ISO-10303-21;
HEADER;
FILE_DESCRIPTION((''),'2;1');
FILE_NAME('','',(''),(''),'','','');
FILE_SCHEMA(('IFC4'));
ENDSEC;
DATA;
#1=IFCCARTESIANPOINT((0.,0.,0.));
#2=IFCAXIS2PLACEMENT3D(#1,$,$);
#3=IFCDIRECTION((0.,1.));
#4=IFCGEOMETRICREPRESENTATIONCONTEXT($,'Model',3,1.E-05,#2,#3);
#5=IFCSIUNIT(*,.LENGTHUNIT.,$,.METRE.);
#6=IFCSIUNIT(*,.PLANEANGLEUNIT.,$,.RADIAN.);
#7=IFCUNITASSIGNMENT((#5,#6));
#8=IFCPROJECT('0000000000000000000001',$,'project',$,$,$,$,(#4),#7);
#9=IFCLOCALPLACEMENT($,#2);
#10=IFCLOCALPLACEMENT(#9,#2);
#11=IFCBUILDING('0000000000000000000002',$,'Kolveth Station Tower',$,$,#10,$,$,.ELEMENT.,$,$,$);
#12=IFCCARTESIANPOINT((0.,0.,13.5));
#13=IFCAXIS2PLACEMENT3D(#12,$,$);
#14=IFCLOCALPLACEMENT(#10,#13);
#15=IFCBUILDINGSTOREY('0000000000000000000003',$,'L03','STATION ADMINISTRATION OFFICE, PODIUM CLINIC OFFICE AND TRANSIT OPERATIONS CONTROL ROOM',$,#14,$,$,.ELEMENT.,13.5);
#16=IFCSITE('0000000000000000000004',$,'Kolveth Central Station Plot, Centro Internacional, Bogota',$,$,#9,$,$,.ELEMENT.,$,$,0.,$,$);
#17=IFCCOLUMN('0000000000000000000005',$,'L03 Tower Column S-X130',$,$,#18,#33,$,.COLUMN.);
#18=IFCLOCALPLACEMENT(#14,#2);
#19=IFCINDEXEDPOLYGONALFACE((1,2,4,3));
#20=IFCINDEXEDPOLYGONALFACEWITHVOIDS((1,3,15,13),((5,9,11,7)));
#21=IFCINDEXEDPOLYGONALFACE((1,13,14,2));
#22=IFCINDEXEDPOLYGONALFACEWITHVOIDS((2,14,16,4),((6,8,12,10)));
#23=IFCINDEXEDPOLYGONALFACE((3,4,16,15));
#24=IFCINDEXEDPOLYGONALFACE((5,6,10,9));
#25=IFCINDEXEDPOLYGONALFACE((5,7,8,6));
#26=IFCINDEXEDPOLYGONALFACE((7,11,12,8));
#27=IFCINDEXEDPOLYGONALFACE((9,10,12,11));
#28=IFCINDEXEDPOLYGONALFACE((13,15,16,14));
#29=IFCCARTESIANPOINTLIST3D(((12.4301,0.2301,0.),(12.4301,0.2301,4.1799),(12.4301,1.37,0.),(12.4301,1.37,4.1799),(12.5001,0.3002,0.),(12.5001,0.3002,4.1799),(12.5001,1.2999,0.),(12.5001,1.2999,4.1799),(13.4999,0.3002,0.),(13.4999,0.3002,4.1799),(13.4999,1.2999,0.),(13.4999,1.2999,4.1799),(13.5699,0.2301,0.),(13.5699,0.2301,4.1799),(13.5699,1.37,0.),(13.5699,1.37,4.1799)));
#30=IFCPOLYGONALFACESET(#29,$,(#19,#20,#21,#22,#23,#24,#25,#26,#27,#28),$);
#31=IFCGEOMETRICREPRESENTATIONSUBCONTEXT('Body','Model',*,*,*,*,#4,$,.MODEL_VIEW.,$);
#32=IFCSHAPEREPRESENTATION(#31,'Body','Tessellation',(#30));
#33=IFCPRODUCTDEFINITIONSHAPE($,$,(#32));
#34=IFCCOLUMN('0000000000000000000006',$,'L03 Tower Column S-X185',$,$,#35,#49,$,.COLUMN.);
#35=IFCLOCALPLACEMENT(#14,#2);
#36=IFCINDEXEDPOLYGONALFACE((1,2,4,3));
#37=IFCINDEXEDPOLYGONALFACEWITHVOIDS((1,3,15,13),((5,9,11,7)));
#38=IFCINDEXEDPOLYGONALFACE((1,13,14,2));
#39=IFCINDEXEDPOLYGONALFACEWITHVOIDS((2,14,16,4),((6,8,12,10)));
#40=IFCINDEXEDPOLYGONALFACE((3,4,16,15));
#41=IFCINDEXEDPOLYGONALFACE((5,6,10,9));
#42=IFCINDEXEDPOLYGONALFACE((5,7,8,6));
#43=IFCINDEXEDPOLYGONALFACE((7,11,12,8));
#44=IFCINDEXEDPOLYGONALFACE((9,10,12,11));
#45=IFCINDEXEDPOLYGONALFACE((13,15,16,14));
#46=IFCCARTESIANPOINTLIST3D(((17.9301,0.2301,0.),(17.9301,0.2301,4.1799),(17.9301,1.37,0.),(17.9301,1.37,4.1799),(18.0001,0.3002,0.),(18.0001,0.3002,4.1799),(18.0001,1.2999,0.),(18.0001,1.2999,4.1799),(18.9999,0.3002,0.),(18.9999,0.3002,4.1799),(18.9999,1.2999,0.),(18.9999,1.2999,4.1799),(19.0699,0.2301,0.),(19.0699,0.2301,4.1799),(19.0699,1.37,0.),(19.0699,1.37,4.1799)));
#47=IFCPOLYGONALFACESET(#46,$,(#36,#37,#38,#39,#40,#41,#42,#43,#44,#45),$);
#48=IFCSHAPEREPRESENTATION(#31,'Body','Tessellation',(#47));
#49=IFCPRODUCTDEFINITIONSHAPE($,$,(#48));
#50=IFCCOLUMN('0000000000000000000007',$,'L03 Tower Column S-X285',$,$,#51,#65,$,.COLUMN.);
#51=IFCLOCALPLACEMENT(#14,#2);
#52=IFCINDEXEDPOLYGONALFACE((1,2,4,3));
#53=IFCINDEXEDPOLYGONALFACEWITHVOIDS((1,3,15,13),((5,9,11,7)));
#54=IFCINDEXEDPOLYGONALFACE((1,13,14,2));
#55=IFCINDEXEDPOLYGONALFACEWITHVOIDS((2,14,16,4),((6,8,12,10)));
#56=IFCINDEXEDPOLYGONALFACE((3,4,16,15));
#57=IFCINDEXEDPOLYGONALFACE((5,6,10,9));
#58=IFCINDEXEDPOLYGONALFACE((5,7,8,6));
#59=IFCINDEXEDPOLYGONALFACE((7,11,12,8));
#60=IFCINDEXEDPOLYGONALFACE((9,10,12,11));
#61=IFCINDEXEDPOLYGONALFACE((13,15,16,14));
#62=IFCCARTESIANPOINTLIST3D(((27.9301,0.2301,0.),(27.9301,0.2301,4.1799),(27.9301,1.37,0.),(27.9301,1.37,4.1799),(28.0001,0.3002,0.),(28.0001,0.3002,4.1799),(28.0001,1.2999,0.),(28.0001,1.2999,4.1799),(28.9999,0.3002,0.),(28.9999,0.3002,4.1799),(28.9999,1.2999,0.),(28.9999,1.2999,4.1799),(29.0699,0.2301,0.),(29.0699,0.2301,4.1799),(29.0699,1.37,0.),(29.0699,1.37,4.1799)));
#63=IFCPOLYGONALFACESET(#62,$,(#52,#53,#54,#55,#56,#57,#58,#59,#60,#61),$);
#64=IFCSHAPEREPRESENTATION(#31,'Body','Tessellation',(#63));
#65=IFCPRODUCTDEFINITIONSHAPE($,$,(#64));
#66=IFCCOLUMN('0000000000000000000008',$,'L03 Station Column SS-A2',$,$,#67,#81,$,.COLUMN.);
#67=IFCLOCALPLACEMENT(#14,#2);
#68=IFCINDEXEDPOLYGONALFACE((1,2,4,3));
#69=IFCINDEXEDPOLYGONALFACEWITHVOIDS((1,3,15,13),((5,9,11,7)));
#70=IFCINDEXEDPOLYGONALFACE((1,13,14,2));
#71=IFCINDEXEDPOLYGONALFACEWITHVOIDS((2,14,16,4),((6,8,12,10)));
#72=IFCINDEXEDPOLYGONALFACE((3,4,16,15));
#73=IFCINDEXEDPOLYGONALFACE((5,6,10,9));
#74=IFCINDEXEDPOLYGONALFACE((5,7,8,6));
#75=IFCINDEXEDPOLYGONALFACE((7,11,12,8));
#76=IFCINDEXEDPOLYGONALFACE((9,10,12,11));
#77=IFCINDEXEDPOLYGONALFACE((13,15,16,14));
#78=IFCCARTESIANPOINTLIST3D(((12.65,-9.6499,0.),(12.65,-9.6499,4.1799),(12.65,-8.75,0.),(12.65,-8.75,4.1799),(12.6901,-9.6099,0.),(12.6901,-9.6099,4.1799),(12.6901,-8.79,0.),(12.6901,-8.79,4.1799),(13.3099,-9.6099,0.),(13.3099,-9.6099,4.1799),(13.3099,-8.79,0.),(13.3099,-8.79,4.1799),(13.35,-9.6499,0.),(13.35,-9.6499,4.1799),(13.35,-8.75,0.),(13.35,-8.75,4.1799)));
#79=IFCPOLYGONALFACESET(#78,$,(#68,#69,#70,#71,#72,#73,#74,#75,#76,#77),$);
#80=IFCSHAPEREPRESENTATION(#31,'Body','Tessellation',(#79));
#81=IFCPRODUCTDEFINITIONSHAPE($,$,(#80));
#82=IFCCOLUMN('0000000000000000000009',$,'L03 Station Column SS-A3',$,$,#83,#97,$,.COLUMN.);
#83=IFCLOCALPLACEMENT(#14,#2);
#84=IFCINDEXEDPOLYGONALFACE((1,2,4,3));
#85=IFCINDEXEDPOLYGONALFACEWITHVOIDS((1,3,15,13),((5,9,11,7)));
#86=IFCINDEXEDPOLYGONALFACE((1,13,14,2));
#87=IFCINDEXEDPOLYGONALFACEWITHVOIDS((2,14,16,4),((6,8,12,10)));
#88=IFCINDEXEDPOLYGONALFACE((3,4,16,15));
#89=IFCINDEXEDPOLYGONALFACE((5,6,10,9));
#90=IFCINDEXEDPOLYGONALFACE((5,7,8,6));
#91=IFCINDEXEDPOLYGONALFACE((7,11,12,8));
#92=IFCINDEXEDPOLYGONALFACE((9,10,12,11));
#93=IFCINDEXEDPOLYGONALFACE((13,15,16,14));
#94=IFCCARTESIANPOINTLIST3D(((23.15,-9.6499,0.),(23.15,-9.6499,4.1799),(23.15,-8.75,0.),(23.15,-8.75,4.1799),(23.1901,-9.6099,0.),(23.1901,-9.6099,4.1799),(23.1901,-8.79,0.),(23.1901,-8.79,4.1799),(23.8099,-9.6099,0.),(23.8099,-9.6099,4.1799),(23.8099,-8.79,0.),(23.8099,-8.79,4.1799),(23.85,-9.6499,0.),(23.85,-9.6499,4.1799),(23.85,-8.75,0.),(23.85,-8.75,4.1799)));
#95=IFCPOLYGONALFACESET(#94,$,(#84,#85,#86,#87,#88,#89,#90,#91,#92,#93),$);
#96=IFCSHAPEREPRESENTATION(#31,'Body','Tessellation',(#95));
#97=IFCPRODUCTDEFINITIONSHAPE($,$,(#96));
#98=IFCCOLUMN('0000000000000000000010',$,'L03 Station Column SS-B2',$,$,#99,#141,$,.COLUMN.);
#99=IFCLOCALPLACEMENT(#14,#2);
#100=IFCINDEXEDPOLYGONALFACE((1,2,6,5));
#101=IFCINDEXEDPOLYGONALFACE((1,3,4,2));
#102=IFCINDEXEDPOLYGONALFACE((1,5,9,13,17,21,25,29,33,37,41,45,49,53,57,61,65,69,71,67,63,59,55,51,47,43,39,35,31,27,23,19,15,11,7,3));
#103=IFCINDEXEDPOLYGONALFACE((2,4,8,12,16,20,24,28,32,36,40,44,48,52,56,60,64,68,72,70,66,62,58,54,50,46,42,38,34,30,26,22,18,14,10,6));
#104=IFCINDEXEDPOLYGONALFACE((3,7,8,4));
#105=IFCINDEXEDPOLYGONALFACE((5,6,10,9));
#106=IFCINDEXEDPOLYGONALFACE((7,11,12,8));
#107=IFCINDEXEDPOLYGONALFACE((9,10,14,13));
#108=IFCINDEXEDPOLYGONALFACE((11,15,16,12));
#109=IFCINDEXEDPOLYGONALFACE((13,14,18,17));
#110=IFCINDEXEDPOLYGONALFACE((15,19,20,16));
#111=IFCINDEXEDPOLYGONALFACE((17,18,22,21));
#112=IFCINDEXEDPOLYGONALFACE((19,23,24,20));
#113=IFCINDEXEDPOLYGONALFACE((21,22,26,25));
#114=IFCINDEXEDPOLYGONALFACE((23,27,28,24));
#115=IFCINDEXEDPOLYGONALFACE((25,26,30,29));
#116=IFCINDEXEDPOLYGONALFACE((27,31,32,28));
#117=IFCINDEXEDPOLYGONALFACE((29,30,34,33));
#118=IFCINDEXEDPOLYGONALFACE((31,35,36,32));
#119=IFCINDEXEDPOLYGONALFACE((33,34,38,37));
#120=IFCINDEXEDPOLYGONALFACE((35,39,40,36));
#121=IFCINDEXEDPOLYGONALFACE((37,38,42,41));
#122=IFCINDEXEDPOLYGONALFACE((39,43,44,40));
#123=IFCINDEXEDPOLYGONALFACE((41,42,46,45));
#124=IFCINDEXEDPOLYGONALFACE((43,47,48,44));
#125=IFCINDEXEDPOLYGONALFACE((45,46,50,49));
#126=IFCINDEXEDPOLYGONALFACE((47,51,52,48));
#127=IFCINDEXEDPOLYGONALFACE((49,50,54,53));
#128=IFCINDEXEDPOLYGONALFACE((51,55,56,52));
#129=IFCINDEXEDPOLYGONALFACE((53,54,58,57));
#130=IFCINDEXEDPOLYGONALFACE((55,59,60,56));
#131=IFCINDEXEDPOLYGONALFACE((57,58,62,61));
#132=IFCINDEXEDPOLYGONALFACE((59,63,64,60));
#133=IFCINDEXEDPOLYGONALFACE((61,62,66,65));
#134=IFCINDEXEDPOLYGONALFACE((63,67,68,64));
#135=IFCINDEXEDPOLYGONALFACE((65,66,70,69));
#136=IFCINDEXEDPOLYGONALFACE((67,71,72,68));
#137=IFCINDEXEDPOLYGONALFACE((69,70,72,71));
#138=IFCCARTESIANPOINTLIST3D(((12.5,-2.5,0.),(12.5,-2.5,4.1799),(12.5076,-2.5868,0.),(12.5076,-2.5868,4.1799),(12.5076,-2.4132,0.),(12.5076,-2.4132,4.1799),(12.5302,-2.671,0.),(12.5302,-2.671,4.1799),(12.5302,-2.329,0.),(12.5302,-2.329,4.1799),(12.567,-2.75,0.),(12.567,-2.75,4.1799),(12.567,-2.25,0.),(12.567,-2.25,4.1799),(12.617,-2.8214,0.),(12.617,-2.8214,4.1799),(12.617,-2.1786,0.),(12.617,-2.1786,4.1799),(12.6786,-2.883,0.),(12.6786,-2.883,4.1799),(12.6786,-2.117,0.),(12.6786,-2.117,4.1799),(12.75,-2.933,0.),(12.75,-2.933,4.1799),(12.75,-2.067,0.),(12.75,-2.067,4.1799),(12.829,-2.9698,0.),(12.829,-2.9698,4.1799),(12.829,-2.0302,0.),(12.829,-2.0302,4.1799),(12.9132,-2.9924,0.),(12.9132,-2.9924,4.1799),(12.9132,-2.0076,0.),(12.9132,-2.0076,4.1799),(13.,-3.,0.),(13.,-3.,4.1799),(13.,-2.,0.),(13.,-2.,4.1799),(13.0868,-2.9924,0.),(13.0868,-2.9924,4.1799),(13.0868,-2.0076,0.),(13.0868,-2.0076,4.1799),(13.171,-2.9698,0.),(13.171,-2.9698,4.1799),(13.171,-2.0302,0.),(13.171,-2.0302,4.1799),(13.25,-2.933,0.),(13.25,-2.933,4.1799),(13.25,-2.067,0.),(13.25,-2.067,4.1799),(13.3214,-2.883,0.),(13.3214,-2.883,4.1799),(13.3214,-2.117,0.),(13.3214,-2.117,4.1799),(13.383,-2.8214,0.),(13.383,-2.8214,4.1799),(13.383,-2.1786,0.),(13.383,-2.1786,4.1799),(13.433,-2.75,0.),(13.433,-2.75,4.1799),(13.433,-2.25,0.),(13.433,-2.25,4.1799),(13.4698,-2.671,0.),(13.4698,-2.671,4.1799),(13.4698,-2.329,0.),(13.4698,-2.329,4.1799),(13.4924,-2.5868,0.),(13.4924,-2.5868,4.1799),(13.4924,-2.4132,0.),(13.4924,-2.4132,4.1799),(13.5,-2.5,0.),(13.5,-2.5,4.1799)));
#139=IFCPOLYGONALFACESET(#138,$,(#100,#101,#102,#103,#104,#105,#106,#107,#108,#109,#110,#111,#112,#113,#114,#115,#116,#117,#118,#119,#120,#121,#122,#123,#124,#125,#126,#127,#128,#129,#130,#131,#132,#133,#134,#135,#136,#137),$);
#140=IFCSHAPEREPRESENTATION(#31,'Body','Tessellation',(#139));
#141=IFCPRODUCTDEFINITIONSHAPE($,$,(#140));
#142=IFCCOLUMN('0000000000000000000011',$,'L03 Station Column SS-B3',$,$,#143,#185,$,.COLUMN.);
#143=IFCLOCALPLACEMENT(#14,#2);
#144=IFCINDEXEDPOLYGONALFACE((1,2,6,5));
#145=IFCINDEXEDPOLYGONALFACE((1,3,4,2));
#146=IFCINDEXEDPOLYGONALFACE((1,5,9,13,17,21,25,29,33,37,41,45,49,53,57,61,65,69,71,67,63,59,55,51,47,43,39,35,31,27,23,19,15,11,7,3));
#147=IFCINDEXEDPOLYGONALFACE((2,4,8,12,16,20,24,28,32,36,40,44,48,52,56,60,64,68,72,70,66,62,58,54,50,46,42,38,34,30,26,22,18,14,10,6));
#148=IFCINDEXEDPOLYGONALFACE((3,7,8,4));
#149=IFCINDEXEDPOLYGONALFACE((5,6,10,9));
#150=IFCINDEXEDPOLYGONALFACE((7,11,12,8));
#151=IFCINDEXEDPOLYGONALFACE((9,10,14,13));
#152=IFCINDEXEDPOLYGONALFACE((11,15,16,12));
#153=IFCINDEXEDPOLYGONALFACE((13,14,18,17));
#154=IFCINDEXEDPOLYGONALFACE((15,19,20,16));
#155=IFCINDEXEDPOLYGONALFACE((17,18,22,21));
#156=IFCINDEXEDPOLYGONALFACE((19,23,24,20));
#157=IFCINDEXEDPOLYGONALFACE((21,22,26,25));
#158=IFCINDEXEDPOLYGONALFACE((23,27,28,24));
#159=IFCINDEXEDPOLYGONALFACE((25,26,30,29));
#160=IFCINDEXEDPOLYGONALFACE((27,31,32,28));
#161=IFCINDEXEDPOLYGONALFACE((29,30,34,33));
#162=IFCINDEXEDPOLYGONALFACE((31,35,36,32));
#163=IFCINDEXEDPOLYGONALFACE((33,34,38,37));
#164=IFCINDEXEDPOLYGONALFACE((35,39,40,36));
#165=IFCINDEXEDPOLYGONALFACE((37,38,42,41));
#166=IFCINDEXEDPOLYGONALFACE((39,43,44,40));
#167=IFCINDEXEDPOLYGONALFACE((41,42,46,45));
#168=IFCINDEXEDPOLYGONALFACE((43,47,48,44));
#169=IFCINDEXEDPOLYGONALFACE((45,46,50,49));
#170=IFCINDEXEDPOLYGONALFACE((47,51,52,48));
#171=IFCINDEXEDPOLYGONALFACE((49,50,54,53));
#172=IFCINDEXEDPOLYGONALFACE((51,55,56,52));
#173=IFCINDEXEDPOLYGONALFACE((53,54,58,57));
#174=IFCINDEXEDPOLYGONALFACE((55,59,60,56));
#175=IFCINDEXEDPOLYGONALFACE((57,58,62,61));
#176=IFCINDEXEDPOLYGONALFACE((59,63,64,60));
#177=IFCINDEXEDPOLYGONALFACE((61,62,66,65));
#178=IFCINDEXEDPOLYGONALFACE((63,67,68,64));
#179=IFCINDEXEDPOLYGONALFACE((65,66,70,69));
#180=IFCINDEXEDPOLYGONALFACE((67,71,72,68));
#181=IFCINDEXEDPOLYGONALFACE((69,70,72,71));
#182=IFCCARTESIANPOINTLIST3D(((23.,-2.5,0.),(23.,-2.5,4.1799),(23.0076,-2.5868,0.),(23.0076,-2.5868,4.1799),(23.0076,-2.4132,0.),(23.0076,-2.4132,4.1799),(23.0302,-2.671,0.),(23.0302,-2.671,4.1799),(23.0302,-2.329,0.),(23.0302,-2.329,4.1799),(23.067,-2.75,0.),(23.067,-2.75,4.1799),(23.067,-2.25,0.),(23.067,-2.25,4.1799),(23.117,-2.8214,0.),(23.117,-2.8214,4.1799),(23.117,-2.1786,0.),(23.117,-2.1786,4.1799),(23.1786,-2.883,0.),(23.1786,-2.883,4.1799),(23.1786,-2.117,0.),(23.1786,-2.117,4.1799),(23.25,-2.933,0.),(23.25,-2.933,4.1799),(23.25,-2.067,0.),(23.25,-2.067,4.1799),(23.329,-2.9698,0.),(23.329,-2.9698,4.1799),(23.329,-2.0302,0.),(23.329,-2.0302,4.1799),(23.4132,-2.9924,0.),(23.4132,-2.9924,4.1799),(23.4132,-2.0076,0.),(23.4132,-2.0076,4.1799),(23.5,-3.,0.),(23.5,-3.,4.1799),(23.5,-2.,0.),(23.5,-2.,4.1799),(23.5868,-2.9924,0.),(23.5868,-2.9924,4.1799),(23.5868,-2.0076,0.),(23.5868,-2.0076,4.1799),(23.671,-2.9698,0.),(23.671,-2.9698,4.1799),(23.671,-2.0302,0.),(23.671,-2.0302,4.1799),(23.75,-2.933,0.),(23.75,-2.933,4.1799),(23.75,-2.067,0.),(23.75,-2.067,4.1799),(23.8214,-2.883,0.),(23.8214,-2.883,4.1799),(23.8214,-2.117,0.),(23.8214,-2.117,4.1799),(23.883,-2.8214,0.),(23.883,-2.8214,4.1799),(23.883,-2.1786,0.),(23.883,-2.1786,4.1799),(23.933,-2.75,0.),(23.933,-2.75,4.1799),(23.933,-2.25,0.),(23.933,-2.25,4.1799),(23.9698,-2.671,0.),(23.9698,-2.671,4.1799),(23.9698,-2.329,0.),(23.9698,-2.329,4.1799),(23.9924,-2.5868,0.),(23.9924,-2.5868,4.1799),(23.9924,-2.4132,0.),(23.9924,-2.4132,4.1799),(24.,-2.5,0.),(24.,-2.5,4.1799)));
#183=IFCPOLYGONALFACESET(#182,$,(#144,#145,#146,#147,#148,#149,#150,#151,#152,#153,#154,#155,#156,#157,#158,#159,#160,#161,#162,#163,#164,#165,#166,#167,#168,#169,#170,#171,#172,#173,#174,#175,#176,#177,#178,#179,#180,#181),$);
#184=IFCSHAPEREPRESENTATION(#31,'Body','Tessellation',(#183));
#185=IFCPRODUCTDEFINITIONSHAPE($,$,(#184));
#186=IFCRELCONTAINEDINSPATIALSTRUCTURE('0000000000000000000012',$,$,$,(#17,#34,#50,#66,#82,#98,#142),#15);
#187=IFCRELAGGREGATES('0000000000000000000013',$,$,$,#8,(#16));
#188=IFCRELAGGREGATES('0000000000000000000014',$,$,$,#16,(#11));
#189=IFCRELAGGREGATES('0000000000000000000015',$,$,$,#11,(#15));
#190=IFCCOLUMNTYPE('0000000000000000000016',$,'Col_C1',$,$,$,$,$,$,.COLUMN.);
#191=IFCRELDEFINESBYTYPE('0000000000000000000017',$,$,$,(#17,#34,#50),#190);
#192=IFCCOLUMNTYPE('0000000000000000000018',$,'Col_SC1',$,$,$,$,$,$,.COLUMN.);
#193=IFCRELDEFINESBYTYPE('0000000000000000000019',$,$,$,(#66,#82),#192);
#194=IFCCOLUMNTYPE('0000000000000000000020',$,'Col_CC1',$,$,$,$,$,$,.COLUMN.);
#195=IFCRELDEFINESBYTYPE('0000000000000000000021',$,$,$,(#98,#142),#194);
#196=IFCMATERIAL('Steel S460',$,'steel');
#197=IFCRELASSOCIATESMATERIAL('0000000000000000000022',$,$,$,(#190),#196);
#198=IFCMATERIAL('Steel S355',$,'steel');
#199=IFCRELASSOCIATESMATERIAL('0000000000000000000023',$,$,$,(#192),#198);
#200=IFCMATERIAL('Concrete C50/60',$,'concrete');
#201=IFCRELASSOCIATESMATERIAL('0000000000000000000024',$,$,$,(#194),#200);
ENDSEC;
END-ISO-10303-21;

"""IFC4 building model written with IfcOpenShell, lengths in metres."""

from ifc_helpers import new_model, si_unit, direction, frame, origin, origin_2d, place, context, subcontext, project, spatial, hollow_rectangle, circle, extrude, source, transform, mapped, material, material_profile, profile_set, type_object, element, save


model = new_model("IFC4")

# Units and contexts
model_context = context("Model", 3, precision=1e-05, world=origin(), true_north=direction((0.0, 1.0)))
body_context = subcontext(model_context, "Body", "Model", "MODEL_VIEW")
ifc_project = project(units=[si_unit("LENGTHUNIT", "METRE"), si_unit("PLANEANGLEUNIT", "RADIAN")], contexts=[model_context])

# Site, building, storey
site_placement = place(None, origin())
site = spatial("IfcSite", under=ifc_project, at=site_placement, Name="Kolveth Central Station Plot, Centro Internacional, Bogota", CompositionType="ELEMENT", RefElevation=0.0)
building_placement = place(site_placement, origin())
building = spatial("IfcBuilding", under=site, at=building_placement, Name="Kolveth Station Tower", CompositionType="ELEMENT")
storey_placement = place(building_placement, frame((0.0, 0.0, 13.5)))
storey = spatial("IfcBuildingStorey", under=building, at=storey_placement, Name="L03", Description="STATION ADMINISTRATION OFFICE, PODIUM CLINIC OFFICE AND TRANSIT OPERATIONS CONTROL ROOM", CompositionType="ELEMENT", Elevation=13.5)

# Columns
ifc_material_1 = material(Name="Steel S460", Category="steel")
ifc_material_profile_1 = material_profile(ifc_material_1, hollow_rectangle(XDim=1.1399, YDim=1.1399, WallThickness=0.0701, at=origin_2d()), Name="BOX1140x1140x70")
ifc_profile_set_1 = profile_set([ifc_material_profile_1], Name="Steel S460")
column_type_1 = type_object("IfcColumnType", Name="Col_C1", PredefinedType="COLUMN", material=ifc_profile_set_1)
shared_shape_1 = source(origin(), body_context, "Body", "SweptSolid", [
    extrude(hollow_rectangle(XDim=1.1399, YDim=1.1399, WallThickness=0.0701, at=origin_2d()), origin(), (0.0, 0.0, 1.0), 4.1799),
])
for number, where, z_axis, x_axis, name in (
    (1, (13.0, 0.8, 0.0), (0.0, 0.0, 1.0), (1.0, 0.0, 0.0), "L03 Tower Column S-X130"),
    (2, (18.5, 0.8, 0.0), (0.0, 0.0, 1.0), (1.0, 0.0, 0.0), "L03 Tower Column S-X185"),
    (3, (28.5, 0.8, 0.0), (0.0, 0.0, 1.0), (1.0, 0.0, 0.0), "L03 Tower Column S-X285"),
):
    element("IfcColumn", number, at=place(storey_placement, frame(where, z_axis=z_axis, x_axis=x_axis)), inside=storey, type_object=column_type_1, Name=name, PredefinedType="COLUMN", context=body_context, shape_type="MappedRepresentation", body=[
        mapped(shared_shape_1, transform((0.0, 0.0, 0.0), x_axis=(1.0, 0.0, 0.0), y_axis=(0.0, 1.0, 0.0), z_axis=(0.0, 0.0, 1.0), scale=1.0)),
    ])
ifc_material_2 = material(Name="Steel S355", Category="steel")
ifc_material_profile_2 = material_profile(ifc_material_2, hollow_rectangle(XDim=0.7, YDim=0.8999, WallThickness=0.04, at=origin_2d()), Name="BOX900x700x40")
ifc_profile_set_2 = profile_set([ifc_material_profile_2], Name="Steel S355")
column_type_2 = type_object("IfcColumnType", Name="Col_SC1", PredefinedType="COLUMN", material=ifc_profile_set_2)
shared_shape_2 = source(origin(), body_context, "Body", "SweptSolid", [
    extrude(hollow_rectangle(XDim=0.7, YDim=0.8999, WallThickness=0.04, at=origin_2d()), origin(), (0.0, 0.0, 1.0), 4.1799),
])
for number, where, z_axis, x_axis, name in (
    (4, (13.0, -9.2, 0.0), (0.0, 0.0, 1.0), (1.0, 0.0, 0.0), "L03 Station Column SS-A2"),
    (5, (23.5, -9.2, 0.0), (0.0, 0.0, 1.0), (1.0, 0.0, 0.0), "L03 Station Column SS-A3"),
):
    element("IfcColumn", number, at=place(storey_placement, frame(where, z_axis=z_axis, x_axis=x_axis)), inside=storey, type_object=column_type_2, Name=name, PredefinedType="COLUMN", context=body_context, shape_type="MappedRepresentation", body=[
        mapped(shared_shape_2, transform((0.0, 0.0, 0.0), x_axis=(1.0, 0.0, 0.0), y_axis=(0.0, 1.0, 0.0), z_axis=(0.0, 0.0, 1.0), scale=1.0)),
    ])
ifc_material_3 = material(Name="Concrete C50/60", Category="concrete")
ifc_material_profile_3 = material_profile(ifc_material_3, circle(Radius=0.5, at=origin_2d()), Name="RC-D1000")
ifc_profile_set_3 = profile_set([ifc_material_profile_3], Name="Concrete C50/60")
column_type_3 = type_object("IfcColumnType", Name="Col_CC1", PredefinedType="COLUMN", material=ifc_profile_set_3)
shared_shape_3 = source(origin(), body_context, "Body", "SweptSolid", [
    extrude(circle(Radius=0.5, at=origin_2d()), origin(), (0.0, 0.0, 1.0), 4.1799),
])
for number, where, z_axis, x_axis, name in (
    (6, (13.0, -2.5, 0.0), (0.0, 0.0, 1.0), (1.0, 0.0, 0.0), "L03 Station Column SS-B2"),
    (7, (23.5, -2.5, 0.0), (0.0, 0.0, 1.0), (1.0, 0.0, 0.0), "L03 Station Column SS-B3"),
):
    element("IfcColumn", number, at=place(storey_placement, frame(where, z_axis=z_axis, x_axis=x_axis)), inside=storey, type_object=column_type_3, Name=name, PredefinedType="COLUMN", context=body_context, shape_type="MappedRepresentation", body=[
        mapped(shared_shape_3, transform((0.0, 0.0, 0.0), x_axis=(1.0, 0.0, 0.0), y_axis=(0.0, 1.0, 0.0), z_axis=(0.0, 0.0, 1.0), scale=1.0)),
    ])

save(model, "model.ifc")
